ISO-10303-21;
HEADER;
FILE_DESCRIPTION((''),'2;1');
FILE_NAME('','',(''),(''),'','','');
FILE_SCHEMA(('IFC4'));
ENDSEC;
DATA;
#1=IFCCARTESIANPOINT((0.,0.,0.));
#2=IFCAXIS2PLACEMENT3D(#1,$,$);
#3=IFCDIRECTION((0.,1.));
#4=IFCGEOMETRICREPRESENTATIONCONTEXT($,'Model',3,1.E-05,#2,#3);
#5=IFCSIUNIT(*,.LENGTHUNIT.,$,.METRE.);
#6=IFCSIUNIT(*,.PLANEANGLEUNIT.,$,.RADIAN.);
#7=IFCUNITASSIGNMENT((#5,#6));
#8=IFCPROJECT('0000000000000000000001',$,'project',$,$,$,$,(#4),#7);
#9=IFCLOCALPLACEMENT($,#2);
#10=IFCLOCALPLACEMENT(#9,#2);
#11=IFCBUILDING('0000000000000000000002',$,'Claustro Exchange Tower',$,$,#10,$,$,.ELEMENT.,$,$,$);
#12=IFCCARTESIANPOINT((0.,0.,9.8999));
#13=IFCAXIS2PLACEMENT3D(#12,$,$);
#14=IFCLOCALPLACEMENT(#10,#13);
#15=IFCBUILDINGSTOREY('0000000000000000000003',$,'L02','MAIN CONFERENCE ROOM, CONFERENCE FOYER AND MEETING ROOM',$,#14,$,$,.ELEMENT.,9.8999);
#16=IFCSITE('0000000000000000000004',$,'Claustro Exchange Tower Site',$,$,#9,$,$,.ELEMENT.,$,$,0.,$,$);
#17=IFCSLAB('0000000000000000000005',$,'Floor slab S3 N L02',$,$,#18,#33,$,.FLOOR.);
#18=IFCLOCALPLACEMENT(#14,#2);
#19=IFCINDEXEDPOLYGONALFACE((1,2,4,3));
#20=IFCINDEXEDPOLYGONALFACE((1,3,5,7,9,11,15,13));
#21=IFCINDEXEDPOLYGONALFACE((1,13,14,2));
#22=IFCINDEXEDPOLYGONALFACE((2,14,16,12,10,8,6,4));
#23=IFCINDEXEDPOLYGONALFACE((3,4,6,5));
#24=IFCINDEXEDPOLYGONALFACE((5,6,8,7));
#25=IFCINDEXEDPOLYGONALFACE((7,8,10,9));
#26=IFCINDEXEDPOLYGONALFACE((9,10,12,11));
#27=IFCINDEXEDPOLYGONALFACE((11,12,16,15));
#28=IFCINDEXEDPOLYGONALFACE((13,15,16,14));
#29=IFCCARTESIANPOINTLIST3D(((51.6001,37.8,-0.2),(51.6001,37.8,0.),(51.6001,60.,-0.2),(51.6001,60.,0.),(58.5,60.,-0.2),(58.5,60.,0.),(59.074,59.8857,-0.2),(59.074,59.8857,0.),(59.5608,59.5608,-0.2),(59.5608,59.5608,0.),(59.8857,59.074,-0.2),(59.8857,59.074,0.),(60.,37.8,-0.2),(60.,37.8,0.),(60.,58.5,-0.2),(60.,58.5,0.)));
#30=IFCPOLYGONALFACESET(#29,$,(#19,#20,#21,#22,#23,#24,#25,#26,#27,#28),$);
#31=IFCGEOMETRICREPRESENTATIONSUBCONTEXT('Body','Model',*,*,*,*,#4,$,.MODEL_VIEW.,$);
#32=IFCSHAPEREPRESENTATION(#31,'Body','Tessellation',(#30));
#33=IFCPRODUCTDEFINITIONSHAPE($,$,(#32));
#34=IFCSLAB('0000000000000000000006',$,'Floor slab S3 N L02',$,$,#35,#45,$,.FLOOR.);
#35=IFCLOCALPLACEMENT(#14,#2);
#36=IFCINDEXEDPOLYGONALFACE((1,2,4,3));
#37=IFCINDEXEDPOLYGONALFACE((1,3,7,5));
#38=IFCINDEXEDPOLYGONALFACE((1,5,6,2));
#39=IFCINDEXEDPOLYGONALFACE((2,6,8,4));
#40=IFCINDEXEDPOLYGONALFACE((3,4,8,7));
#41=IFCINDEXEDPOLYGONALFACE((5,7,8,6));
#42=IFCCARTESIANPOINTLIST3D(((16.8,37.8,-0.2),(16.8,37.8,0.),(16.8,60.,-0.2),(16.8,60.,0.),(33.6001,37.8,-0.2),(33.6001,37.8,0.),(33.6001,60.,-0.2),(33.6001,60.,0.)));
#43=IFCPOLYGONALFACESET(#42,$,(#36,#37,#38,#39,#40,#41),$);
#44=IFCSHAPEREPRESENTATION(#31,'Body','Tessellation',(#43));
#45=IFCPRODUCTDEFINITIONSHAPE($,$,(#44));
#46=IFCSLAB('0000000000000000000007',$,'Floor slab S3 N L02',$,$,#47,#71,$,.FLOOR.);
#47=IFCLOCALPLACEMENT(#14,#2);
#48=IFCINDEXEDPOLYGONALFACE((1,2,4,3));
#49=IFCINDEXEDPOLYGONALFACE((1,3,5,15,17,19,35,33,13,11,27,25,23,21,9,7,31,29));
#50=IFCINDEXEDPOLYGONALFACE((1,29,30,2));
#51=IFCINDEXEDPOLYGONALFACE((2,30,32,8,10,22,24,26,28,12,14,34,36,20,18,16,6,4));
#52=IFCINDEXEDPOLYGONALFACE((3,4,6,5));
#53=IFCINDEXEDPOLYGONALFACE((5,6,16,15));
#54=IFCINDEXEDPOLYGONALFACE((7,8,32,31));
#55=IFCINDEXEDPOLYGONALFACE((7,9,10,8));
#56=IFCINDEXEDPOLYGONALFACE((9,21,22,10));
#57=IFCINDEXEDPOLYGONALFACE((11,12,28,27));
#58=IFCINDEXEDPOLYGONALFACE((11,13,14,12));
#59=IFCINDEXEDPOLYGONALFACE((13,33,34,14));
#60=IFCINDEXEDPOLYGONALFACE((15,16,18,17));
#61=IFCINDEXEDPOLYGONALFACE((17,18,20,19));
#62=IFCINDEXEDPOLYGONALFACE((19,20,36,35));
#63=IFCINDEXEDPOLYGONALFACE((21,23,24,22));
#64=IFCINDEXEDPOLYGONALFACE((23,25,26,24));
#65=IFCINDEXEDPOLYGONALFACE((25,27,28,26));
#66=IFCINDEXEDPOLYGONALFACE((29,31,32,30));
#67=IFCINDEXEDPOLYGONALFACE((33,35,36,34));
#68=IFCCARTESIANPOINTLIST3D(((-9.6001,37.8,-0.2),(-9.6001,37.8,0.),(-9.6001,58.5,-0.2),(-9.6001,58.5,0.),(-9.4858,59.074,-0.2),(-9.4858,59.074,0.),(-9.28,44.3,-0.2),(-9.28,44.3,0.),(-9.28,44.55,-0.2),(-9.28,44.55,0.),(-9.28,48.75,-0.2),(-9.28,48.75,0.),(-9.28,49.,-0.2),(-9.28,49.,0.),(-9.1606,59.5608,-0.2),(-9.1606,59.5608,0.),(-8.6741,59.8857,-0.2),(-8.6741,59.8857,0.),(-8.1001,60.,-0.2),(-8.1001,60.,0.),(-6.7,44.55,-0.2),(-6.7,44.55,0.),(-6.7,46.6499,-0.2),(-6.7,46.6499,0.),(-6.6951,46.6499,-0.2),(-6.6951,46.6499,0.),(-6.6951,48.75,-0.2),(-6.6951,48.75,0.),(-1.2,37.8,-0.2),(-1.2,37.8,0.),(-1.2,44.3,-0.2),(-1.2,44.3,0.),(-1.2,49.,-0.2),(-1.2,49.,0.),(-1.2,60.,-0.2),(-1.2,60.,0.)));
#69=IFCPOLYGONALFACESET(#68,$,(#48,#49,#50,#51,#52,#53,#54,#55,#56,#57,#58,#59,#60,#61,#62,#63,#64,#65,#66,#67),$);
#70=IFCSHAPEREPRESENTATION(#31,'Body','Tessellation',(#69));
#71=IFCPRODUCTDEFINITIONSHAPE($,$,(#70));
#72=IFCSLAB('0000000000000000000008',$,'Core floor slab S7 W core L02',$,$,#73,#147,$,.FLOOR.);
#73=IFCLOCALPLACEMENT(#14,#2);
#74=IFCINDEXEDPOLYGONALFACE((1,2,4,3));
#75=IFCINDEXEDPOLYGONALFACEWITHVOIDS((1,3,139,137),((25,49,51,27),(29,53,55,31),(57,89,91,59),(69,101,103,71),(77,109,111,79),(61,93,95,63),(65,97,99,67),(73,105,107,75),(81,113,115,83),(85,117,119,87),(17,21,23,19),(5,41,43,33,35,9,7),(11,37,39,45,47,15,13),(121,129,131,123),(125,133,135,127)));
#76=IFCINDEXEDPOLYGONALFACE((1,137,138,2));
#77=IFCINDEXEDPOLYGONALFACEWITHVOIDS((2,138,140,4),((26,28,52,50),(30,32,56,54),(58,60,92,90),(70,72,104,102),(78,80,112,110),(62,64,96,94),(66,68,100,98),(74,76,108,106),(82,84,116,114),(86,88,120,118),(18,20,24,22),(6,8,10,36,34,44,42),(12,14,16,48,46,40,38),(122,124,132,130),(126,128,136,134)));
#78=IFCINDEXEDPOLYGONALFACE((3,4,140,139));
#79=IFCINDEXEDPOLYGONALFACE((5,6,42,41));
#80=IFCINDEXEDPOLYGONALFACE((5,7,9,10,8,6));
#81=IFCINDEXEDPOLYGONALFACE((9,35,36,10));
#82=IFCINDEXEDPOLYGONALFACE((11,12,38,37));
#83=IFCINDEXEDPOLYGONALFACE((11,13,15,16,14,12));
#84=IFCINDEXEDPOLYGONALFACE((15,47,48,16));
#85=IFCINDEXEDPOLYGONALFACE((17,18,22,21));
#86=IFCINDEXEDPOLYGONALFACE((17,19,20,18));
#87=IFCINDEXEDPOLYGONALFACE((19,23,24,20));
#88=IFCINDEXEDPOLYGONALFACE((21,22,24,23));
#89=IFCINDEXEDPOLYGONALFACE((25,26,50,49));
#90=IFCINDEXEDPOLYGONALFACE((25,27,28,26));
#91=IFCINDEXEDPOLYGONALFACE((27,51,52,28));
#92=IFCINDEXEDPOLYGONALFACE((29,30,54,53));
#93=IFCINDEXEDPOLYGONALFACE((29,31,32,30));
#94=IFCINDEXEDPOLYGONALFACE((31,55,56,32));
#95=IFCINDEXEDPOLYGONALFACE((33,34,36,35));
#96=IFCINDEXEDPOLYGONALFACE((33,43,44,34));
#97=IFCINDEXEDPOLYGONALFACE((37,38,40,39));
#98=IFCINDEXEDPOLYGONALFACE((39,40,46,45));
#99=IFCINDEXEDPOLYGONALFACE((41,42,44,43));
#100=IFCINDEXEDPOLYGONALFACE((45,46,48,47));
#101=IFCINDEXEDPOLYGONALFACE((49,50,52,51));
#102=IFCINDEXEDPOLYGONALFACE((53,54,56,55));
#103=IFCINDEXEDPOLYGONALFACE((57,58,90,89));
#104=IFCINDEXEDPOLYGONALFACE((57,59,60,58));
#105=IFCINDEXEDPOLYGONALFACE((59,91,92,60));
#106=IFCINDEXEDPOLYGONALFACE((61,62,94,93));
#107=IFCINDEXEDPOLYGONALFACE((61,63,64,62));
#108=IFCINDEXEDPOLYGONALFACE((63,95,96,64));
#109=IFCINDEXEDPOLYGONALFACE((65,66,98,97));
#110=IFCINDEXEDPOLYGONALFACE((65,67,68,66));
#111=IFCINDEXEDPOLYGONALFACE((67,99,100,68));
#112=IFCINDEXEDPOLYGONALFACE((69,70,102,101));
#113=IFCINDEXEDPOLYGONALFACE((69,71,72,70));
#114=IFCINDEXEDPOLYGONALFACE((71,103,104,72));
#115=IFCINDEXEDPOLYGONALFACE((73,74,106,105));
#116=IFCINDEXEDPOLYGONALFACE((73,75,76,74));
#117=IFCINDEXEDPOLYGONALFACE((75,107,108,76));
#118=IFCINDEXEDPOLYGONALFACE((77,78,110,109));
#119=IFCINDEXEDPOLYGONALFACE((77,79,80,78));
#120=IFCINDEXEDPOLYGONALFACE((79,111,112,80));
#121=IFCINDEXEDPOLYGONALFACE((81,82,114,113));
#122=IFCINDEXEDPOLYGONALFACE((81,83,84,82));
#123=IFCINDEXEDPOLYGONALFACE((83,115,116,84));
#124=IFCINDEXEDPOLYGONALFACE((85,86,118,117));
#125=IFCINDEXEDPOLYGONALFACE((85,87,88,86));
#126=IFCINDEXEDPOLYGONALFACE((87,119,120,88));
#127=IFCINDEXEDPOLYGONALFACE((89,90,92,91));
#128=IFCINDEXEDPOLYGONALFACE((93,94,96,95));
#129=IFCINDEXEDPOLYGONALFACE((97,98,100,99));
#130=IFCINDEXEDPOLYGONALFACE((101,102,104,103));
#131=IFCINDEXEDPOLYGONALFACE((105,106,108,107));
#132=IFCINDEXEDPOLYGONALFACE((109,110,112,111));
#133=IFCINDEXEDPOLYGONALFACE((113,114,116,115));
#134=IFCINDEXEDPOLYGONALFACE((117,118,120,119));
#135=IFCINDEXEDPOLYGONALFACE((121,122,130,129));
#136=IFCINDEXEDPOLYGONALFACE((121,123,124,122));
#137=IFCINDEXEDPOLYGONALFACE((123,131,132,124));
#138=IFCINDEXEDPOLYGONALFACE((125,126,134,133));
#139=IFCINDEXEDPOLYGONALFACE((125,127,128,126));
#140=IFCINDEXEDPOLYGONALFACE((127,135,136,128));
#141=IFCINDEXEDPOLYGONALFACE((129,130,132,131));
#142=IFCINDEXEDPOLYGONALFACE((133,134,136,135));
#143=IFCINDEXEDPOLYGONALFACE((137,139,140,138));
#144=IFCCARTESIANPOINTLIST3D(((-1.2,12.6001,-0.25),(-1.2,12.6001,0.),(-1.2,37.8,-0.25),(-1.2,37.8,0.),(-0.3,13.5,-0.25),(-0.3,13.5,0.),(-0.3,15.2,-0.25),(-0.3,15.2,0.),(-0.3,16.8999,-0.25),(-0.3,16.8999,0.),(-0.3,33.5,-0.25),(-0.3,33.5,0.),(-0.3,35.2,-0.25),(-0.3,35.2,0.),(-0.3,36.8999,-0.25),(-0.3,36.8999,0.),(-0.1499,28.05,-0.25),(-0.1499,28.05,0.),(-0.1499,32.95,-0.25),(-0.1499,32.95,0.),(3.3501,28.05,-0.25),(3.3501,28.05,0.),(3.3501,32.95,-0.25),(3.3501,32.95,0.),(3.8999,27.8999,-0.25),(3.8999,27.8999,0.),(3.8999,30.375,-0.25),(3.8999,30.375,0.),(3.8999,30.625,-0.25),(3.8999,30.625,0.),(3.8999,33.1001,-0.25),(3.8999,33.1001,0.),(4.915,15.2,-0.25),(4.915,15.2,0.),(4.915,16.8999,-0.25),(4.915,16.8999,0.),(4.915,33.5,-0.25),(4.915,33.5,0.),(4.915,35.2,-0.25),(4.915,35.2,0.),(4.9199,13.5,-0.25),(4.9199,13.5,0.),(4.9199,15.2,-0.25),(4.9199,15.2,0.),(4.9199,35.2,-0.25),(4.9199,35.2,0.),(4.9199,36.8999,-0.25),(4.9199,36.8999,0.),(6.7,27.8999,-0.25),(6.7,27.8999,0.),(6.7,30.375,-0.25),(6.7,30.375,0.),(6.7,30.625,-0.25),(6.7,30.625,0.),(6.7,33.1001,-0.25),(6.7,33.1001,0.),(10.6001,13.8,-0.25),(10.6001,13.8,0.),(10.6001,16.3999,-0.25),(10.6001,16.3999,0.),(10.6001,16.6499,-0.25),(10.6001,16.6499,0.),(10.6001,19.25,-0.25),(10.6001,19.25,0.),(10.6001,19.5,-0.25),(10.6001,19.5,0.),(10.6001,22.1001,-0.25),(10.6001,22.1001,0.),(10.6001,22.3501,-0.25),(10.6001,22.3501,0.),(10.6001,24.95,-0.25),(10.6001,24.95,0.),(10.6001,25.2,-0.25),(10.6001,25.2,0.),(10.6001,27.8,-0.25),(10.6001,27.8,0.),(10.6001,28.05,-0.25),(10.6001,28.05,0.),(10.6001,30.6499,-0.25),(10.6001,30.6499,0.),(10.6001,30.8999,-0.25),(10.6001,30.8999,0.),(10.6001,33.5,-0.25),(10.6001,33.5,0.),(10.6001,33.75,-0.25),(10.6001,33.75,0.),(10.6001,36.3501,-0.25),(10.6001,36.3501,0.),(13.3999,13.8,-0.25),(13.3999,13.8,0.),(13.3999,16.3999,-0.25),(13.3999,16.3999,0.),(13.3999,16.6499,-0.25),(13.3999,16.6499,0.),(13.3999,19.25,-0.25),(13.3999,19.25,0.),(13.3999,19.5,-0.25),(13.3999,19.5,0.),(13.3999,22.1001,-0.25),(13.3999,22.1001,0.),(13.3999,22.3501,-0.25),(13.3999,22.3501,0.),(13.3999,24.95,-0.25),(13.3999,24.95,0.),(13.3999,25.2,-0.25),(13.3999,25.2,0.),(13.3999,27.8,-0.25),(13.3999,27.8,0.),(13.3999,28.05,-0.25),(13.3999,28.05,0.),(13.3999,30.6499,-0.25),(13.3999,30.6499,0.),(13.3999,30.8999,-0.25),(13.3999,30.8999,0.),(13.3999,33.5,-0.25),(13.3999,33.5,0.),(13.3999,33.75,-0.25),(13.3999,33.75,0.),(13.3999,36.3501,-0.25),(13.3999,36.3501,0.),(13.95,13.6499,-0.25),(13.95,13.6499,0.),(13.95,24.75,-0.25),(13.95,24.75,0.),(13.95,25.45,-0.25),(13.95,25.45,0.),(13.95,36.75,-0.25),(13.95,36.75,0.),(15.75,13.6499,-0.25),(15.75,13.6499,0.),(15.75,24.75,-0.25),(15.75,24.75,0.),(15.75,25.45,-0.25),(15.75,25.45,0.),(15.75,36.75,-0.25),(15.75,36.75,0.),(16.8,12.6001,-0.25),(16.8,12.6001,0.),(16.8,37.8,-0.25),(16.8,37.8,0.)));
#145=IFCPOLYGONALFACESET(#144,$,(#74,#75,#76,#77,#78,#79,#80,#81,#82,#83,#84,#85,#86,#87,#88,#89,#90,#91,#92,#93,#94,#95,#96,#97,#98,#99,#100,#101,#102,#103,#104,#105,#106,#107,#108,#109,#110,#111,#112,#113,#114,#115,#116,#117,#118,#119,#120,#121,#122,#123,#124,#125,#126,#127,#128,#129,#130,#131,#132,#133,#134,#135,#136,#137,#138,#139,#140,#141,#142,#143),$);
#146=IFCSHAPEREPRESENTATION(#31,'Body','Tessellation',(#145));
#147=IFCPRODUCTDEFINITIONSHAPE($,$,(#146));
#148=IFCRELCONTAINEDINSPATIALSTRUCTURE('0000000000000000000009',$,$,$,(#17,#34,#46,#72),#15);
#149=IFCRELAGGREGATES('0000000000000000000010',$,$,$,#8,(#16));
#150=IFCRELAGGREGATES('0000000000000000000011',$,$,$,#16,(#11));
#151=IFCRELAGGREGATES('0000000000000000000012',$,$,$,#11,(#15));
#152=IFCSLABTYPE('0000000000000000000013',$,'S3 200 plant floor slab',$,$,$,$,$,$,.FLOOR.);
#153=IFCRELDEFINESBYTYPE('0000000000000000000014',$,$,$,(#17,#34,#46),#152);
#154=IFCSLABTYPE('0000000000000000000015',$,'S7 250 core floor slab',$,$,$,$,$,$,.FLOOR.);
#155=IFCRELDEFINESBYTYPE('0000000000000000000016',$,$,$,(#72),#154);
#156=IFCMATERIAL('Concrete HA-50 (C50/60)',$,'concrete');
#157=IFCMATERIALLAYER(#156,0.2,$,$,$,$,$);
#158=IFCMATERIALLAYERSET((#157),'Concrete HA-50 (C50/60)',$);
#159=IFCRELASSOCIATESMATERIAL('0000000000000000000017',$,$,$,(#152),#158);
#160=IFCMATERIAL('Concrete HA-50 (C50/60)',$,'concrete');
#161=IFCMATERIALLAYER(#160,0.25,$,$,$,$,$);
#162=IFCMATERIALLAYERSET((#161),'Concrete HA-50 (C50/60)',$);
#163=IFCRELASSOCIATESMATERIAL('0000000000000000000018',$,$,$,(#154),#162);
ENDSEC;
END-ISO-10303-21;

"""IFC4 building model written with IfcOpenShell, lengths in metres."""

from ifc_helpers import new_model, si_unit, direction, frame, origin, place, context, subcontext, project, spatial, polyline, outline, extrude, material, layer, layer_set, type_object, element, save


model = new_model("IFC4")

# Units and contexts
model_context = context("Model", 3, precision=1e-05, world=origin(), true_north=direction((0.0, 1.0)))
body_context = subcontext(model_context, "Body", "Model", "MODEL_VIEW")
ifc_project = project(units=[si_unit("LENGTHUNIT", "METRE"), si_unit("PLANEANGLEUNIT", "RADIAN")], contexts=[model_context])

# Site, building, storey
site_placement = place(None, origin())
site = spatial("IfcSite", under=ifc_project, at=site_placement, Name="Claustro Exchange Tower Site", CompositionType="ELEMENT", RefElevation=0.0)
building_placement = place(site_placement, origin())
building = spatial("IfcBuilding", under=site, at=building_placement, Name="Claustro Exchange Tower", CompositionType="ELEMENT")
storey_placement = place(building_placement, frame((0.0, 0.0, 9.8999)))
storey = spatial("IfcBuildingStorey", under=building, at=storey_placement, Name="L02", Description="MAIN CONFERENCE ROOM, CONFERENCE FOYER AND MEETING ROOM", CompositionType="ELEMENT", Elevation=9.8999)

# Slabs
ifc_material_1 = material(Name="Concrete HA-50 (C50/60)", Category="concrete")
ifc_layer_1 = layer(ifc_material_1, 0.2)
ifc_layer_set_1 = layer_set([ifc_layer_1], Name="Concrete HA-50 (C50/60)")
slab_type_1 = type_object("IfcSlabType", Name="S3 200 plant floor slab", PredefinedType="FLOOR", material=ifc_layer_set_1)
slab_1_placement = place(storey_placement, frame((0.0, 0.0, -0.2)))
element("IfcSlab", 1, at=slab_1_placement, inside=storey, type_object=slab_type_1, Name="Floor slab S3 N L02", PredefinedType="FLOOR", context=body_context, shape_type="SweptSolid", body=[
    extrude(outline(polyline([(58.5, 60.0), (51.6001, 60.0), (51.6001, 37.8), (60.0, 37.8), (60.0, 58.5), (59.8857, 59.074), (59.5608, 59.5608), (59.074, 59.8857), (58.5, 60.0)])), origin(), (0.0, 0.0, 1.0), 0.2),
])
slab_2_placement = place(storey_placement, frame((0.0, 0.0, -0.2)))
element("IfcSlab", 2, at=slab_2_placement, inside=storey, type_object=slab_type_1, Name="Floor slab S3 N L02", PredefinedType="FLOOR", context=body_context, shape_type="SweptSolid", body=[
    extrude(outline(polyline([(33.6001, 60.0), (16.8, 60.0), (16.8, 37.8), (33.6001, 37.8), (33.6001, 60.0)])), origin(), (0.0, 0.0, 1.0), 0.2),
])
slab_3_placement = place(storey_placement, frame((0.0, 0.0, -0.2)))
element("IfcSlab", 3, at=slab_3_placement, inside=storey, type_object=slab_type_1, Name="Floor slab S3 N L02", PredefinedType="FLOOR", context=body_context, shape_type="SweptSolid", body=[
    extrude(outline(polyline([(-8.6741, 59.8857), (-9.1606, 59.5608), (-9.4858, 59.074), (-9.6001, 58.5), (-9.6001, 37.8), (-1.2, 37.8), (-1.2, 44.3), (-9.28, 44.3), (-9.28, 44.55), (-6.7, 44.55), (-6.7, 46.6499), (-6.6951, 46.6499), (-6.6951, 48.75), (-9.28, 48.75), (-9.28, 49.0), (-1.2, 49.0), (-1.2, 60.0), (-8.1001, 60.0), (-8.6741, 59.8857)])), origin(), (0.0, 0.0, 1.0), 0.2),
])
ifc_material_2 = material(Name="Concrete HA-50 (C50/60)", Category="concrete")
ifc_layer_2 = layer(ifc_material_2, 0.25)
ifc_layer_set_2 = layer_set([ifc_layer_2], Name="Concrete HA-50 (C50/60)")
slab_type_2 = type_object("IfcSlabType", Name="S7 250 core floor slab", PredefinedType="FLOOR", material=ifc_layer_set_2)
slab_4_placement = place(storey_placement, frame((0.0, 0.0, -0.25)))
element("IfcSlab", 4, at=slab_4_placement, inside=storey, type_object=slab_type_2, Name="Core floor slab S7 W core L02", PredefinedType="FLOOR", context=body_context, shape_type="SweptSolid", body=[
    extrude(outline(polyline([(-1.2, 12.6001), (16.8, 12.6001), (16.8, 37.8), (-1.2, 37.8), (-1.2, 12.6001)]), holes=[polyline([(15.75, 24.75), (15.75, 13.6499), (13.95, 13.6499), (13.95, 24.75), (15.75, 24.75)]), polyline([(15.75, 36.75), (15.75, 25.45), (13.95, 25.45), (13.95, 36.75), (15.75, 36.75)]), polyline([(10.6001, 16.3999), (13.3999, 16.3999), (13.3999, 13.8), (10.6001, 13.8), (10.6001, 16.3999)]), polyline([(13.3999, 19.25), (13.3999, 16.6499), (10.6001, 16.6499), (10.6001, 19.25), (13.3999, 19.25)]), polyline([(13.3999, 22.1001), (13.3999, 19.5), (10.6001, 19.5), (10.6001, 22.1001), (13.3999, 22.1001)]), polyline([(13.3999, 24.95), (13.3999, 22.3501), (10.6001, 22.3501), (10.6001, 24.95), (13.3999, 24.95)]), polyline([(13.3999, 27.8), (13.3999, 25.2), (10.6001, 25.2), (10.6001, 27.8), (13.3999, 27.8)]), polyline([(13.3999, 30.6499), (13.3999, 28.05), (10.6001, 28.05), (10.6001, 30.6499), (13.3999, 30.6499)]), polyline([(13.3999, 33.5), (13.3999, 30.8999), (10.6001, 30.8999), (10.6001, 33.5), (13.3999, 33.5)]), polyline([(13.3999, 36.3501), (13.3999, 33.75), (10.6001, 33.75), (10.6001, 36.3501), (13.3999, 36.3501)]), polyline([(6.7, 30.375), (6.7, 27.8999), (3.8999, 27.8999), (3.8999, 30.375), (6.7, 30.375)]), polyline([(6.7, 33.1001), (6.7, 30.625), (3.8999, 30.625), (3.8999, 33.1001), (6.7, 33.1001)]), polyline([(-0.3, 15.2), (-0.3, 16.8999), (4.915, 16.8999), (4.915, 15.2), (4.9199, 15.2), (4.9199, 13.5), (-0.3, 13.5), (-0.3, 15.2)]), polyline([(-0.3, 36.8999), (4.9199, 36.8999), (4.9199, 35.2), (4.915, 35.2), (4.915, 33.5), (-0.3, 33.5), (-0.3, 35.2), (-0.3, 36.8999)]), polyline([(3.3501, 32.95), (3.3501, 28.05), (-0.1499, 28.05), (-0.1499, 32.95), (3.3501, 32.95)])]), origin(), (0.0, 0.0, 1.0), 0.25),
])

save(model, "model.ifc")
